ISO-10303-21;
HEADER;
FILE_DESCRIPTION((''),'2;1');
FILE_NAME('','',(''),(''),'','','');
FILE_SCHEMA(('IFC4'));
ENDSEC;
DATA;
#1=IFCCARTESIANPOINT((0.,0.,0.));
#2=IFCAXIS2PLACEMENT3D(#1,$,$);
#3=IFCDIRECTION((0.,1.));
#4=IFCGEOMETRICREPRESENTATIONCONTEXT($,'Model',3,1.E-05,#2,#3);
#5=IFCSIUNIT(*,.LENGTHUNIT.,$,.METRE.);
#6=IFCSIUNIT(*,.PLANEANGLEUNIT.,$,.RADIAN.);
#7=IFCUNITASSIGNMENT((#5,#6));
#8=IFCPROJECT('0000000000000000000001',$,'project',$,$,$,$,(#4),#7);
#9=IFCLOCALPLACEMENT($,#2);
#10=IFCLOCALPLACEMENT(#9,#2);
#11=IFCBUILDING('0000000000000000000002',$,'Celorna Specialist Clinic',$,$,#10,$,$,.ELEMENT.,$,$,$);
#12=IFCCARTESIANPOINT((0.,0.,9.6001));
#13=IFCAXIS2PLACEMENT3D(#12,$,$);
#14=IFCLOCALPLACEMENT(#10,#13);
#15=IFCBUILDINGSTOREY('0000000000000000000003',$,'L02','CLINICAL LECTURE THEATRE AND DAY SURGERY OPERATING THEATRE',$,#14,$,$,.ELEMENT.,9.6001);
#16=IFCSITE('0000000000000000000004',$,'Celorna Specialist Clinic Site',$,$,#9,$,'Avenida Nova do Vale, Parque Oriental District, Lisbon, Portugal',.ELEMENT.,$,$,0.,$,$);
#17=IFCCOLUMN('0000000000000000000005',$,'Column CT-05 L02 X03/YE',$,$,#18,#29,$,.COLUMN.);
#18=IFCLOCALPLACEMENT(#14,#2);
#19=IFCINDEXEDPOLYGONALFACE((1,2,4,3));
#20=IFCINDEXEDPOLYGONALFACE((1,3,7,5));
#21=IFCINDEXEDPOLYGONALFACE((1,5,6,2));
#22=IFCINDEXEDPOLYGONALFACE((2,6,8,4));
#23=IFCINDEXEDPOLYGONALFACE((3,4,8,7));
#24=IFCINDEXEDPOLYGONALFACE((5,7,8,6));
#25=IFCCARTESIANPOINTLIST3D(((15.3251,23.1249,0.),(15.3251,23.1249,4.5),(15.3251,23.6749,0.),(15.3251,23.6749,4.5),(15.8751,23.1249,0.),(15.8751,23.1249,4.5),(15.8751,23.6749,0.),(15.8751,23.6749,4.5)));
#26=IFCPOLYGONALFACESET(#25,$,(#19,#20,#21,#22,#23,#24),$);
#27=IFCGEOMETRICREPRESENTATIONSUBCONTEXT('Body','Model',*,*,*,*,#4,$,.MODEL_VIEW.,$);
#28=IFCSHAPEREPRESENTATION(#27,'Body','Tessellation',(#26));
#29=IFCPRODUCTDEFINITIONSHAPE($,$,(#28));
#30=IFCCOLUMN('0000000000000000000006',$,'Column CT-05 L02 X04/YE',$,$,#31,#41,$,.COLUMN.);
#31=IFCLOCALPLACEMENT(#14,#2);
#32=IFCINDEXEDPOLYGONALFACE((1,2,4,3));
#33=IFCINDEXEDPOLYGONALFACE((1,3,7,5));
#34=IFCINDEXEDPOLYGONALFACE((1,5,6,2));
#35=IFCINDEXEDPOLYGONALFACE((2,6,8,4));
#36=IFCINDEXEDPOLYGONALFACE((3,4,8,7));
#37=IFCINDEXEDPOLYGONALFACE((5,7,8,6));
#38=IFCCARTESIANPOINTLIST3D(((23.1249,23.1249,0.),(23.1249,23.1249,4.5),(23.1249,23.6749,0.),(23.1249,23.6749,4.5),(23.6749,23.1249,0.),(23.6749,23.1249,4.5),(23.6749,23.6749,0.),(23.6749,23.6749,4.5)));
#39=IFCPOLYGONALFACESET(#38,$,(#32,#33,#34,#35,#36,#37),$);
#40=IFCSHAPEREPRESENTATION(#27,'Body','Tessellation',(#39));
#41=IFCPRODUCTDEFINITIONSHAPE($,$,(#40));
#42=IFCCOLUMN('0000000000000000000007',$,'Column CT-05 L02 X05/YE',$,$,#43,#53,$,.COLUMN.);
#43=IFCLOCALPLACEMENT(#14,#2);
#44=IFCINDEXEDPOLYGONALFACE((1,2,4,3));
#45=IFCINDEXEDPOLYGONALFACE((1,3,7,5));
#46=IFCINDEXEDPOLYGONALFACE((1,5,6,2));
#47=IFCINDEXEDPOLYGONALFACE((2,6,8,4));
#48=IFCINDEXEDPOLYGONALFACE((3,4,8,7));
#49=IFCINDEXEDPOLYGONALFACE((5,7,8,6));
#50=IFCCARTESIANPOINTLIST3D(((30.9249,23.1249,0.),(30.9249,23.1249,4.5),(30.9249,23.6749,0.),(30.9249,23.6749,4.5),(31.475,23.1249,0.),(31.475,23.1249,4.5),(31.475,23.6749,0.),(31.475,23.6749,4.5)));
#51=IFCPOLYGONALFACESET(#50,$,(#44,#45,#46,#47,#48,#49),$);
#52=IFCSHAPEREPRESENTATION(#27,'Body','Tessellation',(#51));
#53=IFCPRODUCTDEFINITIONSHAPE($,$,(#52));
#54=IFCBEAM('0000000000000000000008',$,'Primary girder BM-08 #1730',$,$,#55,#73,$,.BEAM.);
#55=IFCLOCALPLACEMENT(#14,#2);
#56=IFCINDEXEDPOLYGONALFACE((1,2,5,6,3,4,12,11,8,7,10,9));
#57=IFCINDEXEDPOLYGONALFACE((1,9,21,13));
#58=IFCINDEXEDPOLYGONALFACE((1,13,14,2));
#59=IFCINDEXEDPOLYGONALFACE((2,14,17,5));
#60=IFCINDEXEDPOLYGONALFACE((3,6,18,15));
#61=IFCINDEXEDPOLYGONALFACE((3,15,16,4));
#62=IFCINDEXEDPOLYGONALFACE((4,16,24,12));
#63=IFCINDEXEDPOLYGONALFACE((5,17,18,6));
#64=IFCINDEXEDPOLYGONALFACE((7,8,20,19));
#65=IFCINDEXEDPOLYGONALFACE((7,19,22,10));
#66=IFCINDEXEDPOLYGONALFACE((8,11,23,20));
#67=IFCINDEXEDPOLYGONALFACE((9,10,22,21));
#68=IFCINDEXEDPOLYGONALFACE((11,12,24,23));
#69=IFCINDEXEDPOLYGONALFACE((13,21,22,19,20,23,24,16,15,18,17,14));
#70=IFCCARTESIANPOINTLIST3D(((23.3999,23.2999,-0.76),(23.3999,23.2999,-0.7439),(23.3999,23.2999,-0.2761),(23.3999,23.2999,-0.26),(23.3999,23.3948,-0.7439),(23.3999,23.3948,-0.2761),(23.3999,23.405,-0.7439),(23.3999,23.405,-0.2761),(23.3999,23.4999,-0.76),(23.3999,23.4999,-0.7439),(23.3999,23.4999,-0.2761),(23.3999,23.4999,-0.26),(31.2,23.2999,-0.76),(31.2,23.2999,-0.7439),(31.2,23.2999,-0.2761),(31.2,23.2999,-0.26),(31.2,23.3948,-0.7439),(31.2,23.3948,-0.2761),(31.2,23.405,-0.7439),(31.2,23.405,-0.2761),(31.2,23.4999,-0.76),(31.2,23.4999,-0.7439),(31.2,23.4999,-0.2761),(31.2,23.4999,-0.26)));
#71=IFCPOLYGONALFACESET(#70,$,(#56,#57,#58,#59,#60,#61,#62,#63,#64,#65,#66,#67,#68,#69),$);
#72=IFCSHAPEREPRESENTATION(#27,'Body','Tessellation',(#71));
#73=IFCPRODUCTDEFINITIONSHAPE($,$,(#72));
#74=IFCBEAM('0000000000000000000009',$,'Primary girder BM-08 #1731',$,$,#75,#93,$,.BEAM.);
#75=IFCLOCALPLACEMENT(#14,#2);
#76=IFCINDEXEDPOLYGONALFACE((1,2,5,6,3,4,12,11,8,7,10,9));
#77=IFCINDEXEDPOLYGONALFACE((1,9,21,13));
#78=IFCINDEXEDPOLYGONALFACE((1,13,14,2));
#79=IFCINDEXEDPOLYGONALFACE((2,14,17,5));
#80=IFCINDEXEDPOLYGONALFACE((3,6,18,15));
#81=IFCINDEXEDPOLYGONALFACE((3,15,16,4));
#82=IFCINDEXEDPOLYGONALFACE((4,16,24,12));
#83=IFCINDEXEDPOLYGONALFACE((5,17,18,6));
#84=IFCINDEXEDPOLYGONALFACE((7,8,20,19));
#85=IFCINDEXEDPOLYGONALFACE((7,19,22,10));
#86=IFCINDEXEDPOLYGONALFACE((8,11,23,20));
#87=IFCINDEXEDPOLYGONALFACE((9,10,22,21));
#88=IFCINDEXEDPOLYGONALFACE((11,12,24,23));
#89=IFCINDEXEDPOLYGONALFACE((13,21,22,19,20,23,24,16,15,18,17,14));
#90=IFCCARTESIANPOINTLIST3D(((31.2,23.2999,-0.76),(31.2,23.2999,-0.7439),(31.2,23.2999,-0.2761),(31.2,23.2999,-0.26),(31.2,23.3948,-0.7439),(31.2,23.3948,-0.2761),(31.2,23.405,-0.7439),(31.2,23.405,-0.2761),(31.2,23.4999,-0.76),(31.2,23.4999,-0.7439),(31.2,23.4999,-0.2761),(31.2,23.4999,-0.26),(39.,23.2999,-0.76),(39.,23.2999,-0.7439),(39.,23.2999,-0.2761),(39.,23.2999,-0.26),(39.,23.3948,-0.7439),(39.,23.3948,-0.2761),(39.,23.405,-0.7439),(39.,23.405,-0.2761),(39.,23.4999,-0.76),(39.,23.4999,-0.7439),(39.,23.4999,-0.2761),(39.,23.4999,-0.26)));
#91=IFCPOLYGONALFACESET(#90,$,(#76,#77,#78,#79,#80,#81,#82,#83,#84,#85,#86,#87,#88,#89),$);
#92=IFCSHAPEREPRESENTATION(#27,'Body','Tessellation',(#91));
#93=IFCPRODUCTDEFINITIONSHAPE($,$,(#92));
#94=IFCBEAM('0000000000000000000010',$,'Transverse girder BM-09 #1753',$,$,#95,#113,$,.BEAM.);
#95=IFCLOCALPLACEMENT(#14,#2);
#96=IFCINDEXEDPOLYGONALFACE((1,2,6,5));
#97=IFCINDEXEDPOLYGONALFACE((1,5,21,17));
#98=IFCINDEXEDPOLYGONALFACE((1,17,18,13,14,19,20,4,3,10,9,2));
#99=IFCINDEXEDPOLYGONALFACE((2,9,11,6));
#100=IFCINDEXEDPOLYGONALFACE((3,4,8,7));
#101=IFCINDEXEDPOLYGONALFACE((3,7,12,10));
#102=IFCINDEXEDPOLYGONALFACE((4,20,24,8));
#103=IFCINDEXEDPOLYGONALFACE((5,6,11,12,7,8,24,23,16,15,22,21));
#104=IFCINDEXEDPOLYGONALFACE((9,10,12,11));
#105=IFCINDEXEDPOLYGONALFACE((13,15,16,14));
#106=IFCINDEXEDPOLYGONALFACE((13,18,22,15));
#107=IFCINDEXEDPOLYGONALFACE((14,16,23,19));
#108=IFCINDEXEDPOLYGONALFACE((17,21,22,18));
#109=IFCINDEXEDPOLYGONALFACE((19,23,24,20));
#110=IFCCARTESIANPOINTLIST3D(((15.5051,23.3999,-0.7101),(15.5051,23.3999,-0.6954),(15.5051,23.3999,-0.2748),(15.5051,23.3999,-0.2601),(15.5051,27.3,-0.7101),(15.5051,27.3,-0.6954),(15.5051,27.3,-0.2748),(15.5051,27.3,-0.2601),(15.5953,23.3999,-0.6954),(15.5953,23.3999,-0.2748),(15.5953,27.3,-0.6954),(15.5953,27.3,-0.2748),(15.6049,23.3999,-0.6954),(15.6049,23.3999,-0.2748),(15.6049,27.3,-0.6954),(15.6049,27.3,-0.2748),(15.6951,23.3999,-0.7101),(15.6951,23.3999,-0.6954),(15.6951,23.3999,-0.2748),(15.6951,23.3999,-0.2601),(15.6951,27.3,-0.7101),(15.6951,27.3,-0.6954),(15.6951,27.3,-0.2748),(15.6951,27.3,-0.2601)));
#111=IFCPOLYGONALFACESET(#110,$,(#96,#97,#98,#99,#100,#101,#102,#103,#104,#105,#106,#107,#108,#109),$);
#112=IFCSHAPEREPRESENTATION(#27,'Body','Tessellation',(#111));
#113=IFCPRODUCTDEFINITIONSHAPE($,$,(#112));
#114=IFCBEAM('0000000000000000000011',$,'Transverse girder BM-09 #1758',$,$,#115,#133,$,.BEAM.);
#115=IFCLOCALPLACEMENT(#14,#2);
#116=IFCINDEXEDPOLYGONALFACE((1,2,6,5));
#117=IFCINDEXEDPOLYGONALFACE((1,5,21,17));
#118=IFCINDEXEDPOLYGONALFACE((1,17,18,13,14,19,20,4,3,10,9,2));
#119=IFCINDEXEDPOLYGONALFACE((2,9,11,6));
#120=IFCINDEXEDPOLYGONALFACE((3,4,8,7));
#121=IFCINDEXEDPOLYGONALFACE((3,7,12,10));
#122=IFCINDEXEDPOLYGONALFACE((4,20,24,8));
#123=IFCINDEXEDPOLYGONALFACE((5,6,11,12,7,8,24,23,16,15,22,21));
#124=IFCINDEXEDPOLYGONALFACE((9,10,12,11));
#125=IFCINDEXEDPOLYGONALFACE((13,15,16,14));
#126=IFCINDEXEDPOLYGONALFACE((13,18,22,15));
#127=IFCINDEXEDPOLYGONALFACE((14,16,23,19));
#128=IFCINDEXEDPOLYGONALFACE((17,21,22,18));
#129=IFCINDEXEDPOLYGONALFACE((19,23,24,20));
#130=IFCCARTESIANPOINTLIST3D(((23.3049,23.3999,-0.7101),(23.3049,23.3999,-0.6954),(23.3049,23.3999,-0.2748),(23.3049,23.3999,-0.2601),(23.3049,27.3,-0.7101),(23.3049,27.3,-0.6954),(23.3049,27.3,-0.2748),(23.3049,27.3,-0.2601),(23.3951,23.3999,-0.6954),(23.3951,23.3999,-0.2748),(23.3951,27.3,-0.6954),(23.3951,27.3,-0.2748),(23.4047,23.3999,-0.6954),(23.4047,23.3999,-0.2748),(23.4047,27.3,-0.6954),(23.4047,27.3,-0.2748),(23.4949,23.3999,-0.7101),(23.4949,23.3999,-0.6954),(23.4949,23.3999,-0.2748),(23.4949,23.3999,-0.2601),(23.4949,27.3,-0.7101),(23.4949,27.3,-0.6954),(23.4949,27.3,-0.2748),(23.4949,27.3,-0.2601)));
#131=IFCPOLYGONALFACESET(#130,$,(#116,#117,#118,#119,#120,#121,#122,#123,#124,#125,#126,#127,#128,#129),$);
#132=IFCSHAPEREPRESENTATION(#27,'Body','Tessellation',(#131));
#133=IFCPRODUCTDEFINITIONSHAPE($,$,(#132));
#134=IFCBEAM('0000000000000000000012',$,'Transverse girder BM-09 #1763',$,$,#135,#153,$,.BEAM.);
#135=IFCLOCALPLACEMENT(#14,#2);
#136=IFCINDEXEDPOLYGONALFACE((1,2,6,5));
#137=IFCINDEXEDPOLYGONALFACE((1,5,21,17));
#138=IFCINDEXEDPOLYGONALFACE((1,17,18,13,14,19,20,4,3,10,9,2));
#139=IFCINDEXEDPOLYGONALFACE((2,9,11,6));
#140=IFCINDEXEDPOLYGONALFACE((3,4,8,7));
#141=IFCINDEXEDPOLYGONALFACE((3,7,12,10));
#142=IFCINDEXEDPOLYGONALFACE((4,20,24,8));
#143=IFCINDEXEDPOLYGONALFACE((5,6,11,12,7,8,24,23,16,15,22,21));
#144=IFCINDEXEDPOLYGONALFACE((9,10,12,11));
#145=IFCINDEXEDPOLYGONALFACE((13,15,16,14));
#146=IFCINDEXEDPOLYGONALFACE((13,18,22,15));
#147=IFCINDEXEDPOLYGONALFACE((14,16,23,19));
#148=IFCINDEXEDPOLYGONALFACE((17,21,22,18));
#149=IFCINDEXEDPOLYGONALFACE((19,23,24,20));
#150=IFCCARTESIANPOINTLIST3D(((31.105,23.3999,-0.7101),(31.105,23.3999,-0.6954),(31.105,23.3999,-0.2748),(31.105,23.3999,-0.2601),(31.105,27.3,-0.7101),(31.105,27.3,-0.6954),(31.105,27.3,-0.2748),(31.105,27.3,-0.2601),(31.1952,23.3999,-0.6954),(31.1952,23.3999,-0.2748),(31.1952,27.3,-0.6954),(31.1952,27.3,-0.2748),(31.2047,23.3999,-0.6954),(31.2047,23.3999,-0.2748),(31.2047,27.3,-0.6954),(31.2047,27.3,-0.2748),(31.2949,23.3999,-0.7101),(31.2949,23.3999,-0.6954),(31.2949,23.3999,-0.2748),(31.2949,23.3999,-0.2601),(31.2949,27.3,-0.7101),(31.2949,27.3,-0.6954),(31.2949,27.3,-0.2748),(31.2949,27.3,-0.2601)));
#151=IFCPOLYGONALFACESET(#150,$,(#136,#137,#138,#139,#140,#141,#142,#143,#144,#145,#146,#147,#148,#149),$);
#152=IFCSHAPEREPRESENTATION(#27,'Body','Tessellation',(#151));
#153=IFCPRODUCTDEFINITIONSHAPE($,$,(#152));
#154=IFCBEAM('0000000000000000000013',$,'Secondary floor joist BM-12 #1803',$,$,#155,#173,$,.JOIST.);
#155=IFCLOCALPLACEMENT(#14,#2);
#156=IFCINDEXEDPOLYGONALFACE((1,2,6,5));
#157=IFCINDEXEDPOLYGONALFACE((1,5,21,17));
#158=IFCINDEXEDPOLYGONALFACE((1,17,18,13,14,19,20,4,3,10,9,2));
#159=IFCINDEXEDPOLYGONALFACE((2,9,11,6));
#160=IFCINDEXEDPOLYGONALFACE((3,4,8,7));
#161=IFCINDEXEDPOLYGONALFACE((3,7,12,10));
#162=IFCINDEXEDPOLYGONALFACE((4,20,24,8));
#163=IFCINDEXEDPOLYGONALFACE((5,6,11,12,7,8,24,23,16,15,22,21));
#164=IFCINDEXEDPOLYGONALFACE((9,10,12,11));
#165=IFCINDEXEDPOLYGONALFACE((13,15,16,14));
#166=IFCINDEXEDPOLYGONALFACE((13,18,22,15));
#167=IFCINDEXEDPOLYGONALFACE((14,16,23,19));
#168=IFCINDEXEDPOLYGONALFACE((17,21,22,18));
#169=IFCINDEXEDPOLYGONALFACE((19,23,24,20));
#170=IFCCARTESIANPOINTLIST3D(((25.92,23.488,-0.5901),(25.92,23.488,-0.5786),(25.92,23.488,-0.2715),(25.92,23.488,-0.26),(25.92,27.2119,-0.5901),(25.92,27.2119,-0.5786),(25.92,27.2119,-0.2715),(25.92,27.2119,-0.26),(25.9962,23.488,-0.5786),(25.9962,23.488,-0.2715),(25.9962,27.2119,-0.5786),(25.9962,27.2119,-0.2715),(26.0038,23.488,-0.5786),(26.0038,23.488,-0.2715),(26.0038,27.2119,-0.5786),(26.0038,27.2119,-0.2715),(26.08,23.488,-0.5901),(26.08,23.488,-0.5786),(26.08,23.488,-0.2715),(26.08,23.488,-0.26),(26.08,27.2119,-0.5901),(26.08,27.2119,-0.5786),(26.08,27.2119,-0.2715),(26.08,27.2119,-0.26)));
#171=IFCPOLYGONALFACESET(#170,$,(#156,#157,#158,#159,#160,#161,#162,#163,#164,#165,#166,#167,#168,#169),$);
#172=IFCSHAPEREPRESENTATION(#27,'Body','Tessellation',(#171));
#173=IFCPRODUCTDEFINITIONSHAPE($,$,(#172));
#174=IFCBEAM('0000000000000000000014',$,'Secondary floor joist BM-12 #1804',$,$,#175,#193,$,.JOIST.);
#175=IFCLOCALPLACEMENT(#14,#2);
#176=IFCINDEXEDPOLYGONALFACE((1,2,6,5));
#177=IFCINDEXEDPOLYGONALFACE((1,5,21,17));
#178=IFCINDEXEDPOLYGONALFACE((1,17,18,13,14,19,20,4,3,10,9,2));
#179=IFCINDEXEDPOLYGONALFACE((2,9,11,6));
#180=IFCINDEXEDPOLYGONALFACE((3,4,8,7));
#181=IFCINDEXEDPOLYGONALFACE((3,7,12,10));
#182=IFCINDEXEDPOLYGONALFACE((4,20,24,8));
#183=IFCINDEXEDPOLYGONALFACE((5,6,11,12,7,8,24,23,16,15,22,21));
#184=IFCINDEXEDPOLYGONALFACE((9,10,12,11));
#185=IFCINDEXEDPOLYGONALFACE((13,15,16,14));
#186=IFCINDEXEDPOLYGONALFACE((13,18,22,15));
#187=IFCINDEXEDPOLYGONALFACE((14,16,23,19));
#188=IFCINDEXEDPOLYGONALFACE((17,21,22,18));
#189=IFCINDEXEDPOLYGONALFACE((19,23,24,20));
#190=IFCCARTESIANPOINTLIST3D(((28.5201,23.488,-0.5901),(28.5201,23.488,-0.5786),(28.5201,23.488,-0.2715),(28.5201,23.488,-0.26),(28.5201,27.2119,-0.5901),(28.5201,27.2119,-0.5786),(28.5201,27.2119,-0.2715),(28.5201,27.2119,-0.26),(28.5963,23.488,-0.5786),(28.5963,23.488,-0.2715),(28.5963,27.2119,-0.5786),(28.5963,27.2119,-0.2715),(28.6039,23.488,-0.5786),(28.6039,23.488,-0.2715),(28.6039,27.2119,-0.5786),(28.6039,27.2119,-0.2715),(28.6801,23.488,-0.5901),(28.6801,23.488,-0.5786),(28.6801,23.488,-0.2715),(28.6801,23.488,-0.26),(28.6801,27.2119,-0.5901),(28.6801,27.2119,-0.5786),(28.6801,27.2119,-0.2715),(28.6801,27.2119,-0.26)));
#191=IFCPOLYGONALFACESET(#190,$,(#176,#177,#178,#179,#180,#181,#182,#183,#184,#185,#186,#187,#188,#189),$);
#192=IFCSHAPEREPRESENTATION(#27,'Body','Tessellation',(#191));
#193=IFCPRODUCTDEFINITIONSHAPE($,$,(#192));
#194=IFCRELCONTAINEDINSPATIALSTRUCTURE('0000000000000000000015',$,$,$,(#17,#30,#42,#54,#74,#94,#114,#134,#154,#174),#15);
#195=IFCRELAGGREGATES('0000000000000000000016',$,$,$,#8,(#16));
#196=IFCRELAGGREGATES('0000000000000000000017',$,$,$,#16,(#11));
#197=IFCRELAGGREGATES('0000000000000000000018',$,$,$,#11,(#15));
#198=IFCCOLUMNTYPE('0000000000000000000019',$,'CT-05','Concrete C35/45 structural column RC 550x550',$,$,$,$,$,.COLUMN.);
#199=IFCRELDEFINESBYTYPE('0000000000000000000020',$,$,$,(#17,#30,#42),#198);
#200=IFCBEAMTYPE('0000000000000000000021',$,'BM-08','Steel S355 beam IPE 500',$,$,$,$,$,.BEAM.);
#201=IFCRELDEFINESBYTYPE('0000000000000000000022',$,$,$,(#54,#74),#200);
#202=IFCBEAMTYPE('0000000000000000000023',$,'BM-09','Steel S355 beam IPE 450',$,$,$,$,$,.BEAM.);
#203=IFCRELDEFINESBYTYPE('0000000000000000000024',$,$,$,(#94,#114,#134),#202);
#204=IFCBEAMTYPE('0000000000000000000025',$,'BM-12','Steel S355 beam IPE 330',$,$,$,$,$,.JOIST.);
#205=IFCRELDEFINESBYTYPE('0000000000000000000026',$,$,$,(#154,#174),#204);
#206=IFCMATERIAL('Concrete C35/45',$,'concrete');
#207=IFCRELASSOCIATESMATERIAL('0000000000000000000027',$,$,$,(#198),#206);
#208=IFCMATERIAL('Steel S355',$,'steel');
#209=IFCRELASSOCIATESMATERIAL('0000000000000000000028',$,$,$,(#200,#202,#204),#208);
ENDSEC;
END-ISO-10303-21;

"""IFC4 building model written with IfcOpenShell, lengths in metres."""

from ifc_helpers import new_model, si_unit, direction, frame, origin, origin_2d, place, context, subcontext, project, spatial, rectangle, i_section, extrude, material, material_profile, profile_set, type_object, element, save


model = new_model("IFC4")

# Units and contexts
model_context = context("Model", 3, precision=1e-05, world=origin(), true_north=direction((0.0, 1.0)))
body_context = subcontext(model_context, "Body", "Model", "MODEL_VIEW")
ifc_project = project(units=[si_unit("LENGTHUNIT", "METRE"), si_unit("PLANEANGLEUNIT", "RADIAN")], contexts=[model_context])

# Site, building, storey
site_placement = place(None, origin())
site = spatial("IfcSite", under=ifc_project, at=site_placement, Name="Celorna Specialist Clinic Site", LongName="Avenida Nova do Vale, Parque Oriental District, Lisbon, Portugal", CompositionType="ELEMENT", RefElevation=0.0)
building_placement = place(site_placement, origin())
building = spatial("IfcBuilding", under=site, at=building_placement, Name="Celorna Specialist Clinic", CompositionType="ELEMENT")
storey_placement = place(building_placement, frame((0.0, 0.0, 9.6001)))
storey = spatial("IfcBuildingStorey", under=building, at=storey_placement, Name="L02", Description="CLINICAL LECTURE THEATRE AND DAY SURGERY OPERATING THEATRE", CompositionType="ELEMENT", Elevation=9.6001)

# Columns
ifc_material_1 = material(Name="Concrete C35/45", Category="concrete")
ifc_material_profile_1 = material_profile(ifc_material_1, rectangle(XDim=0.55, YDim=0.55, at=origin_2d()), Name="RC 550x550")
ifc_profile_set_1 = profile_set([ifc_material_profile_1], Name="Concrete C35/45")
column_type = type_object("IfcColumnType", Name="CT-05", Description="Concrete C35/45 structural column RC 550x550", PredefinedType="COLUMN", material=ifc_profile_set_1)
for number, where, z_axis, x_axis, name in (
    (1, (15.6001, 23.3999, 0.0), (0.0, 0.0, 1.0), (1.0, 0.0, 0.0), "Column CT-05 L02 X03/YE"),
    (2, (23.3999, 23.3999, 0.0), (0.0, 0.0, 1.0), (1.0, 0.0, 0.0), "Column CT-05 L02 X04/YE"),
    (3, (31.2, 23.3999, 0.0), (0.0, 0.0, 1.0), (1.0, 0.0, 0.0), "Column CT-05 L02 X05/YE"),
):
    element("IfcColumn", number, at=place(storey_placement, frame(where, z_axis=z_axis, x_axis=x_axis)), inside=storey, type_object=column_type, Name=name, PredefinedType="COLUMN", context=body_context, shape_type="SweptSolid", body=[
        extrude(rectangle(XDim=0.55, YDim=0.55, at=origin_2d()), origin(), (0.0, 0.0, 1.0), 4.5),
    ])

# Beams
ifc_material_2 = material(Name="Steel S355", Category="steel")
ifc_material_profile_2 = material_profile(ifc_material_2, i_section(OverallWidth=0.2, OverallDepth=0.5, WebThickness=0.0103, FlangeThickness=0.0161, at=origin_2d()), Name="IPE 500")
ifc_profile_set_2 = profile_set([ifc_material_profile_2], Name="Steel S355")
beam_type_1 = type_object("IfcBeamType", Name="BM-08", Description="Steel S355 beam IPE 500", PredefinedType="BEAM", material=ifc_profile_set_2)
for number, where, z_axis, x_axis, name in (
    (4, (23.3999, 23.3999, -0.51), (1.0, 0.0, 0.0), (0.0, 1.0, 0.0), "Primary girder BM-08 #1730"),
    (5, (31.2, 23.3999, -0.51), (1.0, 0.0, 0.0), (0.0, 1.0, 0.0), "Primary girder BM-08 #1731"),
):
    element("IfcBeam", number, at=place(storey_placement, frame(where, z_axis=z_axis, x_axis=x_axis)), inside=storey, type_object=beam_type_1, Name=name, PredefinedType="BEAM", context=body_context, shape_type="SweptSolid", body=[
        extrude(i_section(OverallWidth=0.2, OverallDepth=0.5, WebThickness=0.0103, FlangeThickness=0.0161, at=origin_2d()), origin(), (0.0, 0.0, 1.0), 7.8),
    ])
ifc_material_profile_3 = material_profile(ifc_material_2, i_section(OverallWidth=0.1899, OverallDepth=0.45, WebThickness=0.0095, FlangeThickness=0.0146, at=origin_2d()), Name="IPE 450")
ifc_profile_set_3 = profile_set([ifc_material_profile_3], Name="Steel S355")
beam_type_2 = type_object("IfcBeamType", Name="BM-09", Description="Steel S355 beam IPE 450", PredefinedType="BEAM", material=ifc_profile_set_3)
for number, where, z_axis, x_axis, name in (
    (6, (15.6001, 23.3999, -0.4851), (0.0, 1.0, 0.0), (-1.0, 0.0, 0.0), "Transverse girder BM-09 #1753"),
    (7, (23.3999, 23.3999, -0.4851), (0.0, 1.0, 0.0), (-1.0, 0.0, 0.0), "Transverse girder BM-09 #1758"),
    (8, (31.2, 23.3999, -0.4851), (0.0, 1.0, 0.0), (-1.0, 0.0, 0.0), "Transverse girder BM-09 #1763"),
):
    element("IfcBeam", number, at=place(storey_placement, frame(where, z_axis=z_axis, x_axis=x_axis)), inside=storey, type_object=beam_type_2, Name=name, PredefinedType="BEAM", context=body_context, shape_type="SweptSolid", body=[
        extrude(i_section(OverallWidth=0.1899, OverallDepth=0.45, WebThickness=0.0095, FlangeThickness=0.0146, at=origin_2d()), origin(), (0.0, 0.0, 1.0), 3.9001),
    ])
ifc_material_profile_4 = material_profile(ifc_material_2, i_section(OverallWidth=0.1599, OverallDepth=0.3301, WebThickness=0.0076, FlangeThickness=0.0115, at=origin_2d()), Name="IPE 330")
ifc_profile_set_4 = profile_set([ifc_material_profile_4], Name="Steel S355")
beam_type_3 = type_object("IfcBeamType", Name="BM-12", Description="Steel S355 beam IPE 330", PredefinedType="JOIST", material=ifc_profile_set_4)
for number, where, z_axis, x_axis, name in (
    (9, (26.0, 23.488, -0.425), (0.0, 1.0, 0.0), (-1.0, 0.0, 0.0), "Secondary floor joist BM-12 #1803"),
    (10, (28.6001, 23.488, -0.425), (0.0, 1.0, 0.0), (-1.0, 0.0, 0.0), "Secondary floor joist BM-12 #1804"),
):
    element("IfcBeam", number, at=place(storey_placement, frame(where, z_axis=z_axis, x_axis=x_axis)), inside=storey, type_object=beam_type_3, Name=name, PredefinedType="JOIST", context=body_context, shape_type="SweptSolid", body=[
        extrude(i_section(OverallWidth=0.1599, OverallDepth=0.3301, WebThickness=0.0076, FlangeThickness=0.0115, at=origin_2d()), origin(), (0.0, 0.0, 1.0), 3.7239),
    ])

save(model, "model.ifc")
